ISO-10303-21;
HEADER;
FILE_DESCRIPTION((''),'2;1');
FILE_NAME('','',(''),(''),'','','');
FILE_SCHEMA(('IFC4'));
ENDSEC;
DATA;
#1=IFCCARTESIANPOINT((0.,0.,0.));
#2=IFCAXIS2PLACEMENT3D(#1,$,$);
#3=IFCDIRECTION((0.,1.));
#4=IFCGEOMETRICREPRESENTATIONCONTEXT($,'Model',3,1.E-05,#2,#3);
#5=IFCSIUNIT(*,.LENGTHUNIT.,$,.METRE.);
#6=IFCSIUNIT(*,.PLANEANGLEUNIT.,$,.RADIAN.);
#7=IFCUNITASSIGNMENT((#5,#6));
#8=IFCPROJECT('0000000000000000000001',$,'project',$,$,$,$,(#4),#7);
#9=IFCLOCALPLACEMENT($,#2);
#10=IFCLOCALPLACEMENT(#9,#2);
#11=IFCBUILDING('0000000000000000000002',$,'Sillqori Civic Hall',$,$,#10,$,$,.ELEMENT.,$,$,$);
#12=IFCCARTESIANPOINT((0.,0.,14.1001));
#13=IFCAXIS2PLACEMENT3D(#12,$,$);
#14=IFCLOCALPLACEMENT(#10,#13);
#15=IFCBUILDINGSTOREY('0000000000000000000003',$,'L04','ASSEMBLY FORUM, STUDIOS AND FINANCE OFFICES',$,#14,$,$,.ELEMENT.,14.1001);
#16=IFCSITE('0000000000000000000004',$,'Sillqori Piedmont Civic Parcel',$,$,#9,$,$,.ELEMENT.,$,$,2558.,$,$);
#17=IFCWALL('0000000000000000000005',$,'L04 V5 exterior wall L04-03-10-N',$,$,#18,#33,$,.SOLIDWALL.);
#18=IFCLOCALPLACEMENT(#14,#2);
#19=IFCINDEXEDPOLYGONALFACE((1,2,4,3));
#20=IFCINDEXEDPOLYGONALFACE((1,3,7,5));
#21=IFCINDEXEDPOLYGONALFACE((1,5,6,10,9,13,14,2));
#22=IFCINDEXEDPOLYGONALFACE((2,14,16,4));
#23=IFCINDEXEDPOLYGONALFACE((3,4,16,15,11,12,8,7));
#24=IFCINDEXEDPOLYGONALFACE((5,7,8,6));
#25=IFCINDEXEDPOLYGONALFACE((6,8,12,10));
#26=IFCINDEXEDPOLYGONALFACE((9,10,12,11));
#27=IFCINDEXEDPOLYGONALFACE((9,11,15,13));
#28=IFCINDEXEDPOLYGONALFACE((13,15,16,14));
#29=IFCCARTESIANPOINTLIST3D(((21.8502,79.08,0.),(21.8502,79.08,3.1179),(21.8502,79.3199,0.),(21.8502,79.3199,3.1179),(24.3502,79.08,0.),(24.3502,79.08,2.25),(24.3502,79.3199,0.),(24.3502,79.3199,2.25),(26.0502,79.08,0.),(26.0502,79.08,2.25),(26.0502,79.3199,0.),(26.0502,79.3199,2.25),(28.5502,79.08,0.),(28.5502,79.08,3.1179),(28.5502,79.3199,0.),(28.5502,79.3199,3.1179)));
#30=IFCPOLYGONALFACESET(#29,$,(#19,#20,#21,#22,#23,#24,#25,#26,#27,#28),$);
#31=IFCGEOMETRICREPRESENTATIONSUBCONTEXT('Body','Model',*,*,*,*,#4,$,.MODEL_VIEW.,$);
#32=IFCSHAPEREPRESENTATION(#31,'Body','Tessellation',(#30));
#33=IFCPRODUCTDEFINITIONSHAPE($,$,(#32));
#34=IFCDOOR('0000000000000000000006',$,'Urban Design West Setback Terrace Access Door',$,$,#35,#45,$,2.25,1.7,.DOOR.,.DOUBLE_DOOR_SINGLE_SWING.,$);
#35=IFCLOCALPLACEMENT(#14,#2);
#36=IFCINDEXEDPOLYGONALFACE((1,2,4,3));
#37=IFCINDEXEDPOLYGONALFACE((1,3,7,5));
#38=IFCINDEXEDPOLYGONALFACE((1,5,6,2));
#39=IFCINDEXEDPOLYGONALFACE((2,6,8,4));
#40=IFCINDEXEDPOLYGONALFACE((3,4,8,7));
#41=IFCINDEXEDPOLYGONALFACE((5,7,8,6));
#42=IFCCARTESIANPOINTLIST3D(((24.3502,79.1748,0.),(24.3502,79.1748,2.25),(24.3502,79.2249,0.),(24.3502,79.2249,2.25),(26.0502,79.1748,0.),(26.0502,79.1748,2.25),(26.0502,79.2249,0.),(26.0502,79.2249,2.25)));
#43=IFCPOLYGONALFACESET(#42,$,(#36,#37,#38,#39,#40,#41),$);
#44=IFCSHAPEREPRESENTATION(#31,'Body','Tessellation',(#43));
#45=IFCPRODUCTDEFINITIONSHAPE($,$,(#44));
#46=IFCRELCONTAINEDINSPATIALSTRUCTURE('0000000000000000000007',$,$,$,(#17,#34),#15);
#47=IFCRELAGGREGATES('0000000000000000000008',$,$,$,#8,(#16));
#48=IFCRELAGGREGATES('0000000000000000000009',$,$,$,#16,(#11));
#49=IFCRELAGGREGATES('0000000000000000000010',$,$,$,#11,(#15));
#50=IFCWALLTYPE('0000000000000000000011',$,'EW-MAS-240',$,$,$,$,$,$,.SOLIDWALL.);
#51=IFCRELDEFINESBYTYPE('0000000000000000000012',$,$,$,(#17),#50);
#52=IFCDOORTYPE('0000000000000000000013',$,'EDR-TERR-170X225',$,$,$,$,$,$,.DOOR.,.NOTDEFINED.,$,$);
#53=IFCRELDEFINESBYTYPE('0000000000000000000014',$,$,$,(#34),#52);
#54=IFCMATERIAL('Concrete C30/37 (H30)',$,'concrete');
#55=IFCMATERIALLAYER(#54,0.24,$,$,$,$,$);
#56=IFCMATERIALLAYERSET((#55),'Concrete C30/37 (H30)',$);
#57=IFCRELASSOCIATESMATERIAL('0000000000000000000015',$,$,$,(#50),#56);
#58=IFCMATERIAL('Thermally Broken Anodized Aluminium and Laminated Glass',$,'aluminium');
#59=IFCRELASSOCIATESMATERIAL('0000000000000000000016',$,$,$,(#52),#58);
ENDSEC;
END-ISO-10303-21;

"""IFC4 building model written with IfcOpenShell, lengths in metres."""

from ifc_helpers import new_model, si_unit, direction, frame, frame_2d, origin, place, context, subcontext, project, spatial, rectangle, extrude, material, layer, layer_set, type_object, element, fill, save


model = new_model("IFC4")

# Units and contexts
model_context = context("Model", 3, precision=1e-05, world=origin(), true_north=direction((0.0, 1.0)))
body_context = subcontext(model_context, "Body", "Model", "MODEL_VIEW")
ifc_project = project(units=[si_unit("LENGTHUNIT", "METRE"), si_unit("PLANEANGLEUNIT", "RADIAN")], contexts=[model_context])

# Site, building, storey
site_placement = place(None, origin())
site = spatial("IfcSite", under=ifc_project, at=site_placement, Name="Sillqori Piedmont Civic Parcel", CompositionType="ELEMENT", RefElevation=2558.0)
building_placement = place(site_placement, origin())
building = spatial("IfcBuilding", under=site, at=building_placement, Name="Sillqori Civic Hall", CompositionType="ELEMENT")
storey_placement = place(building_placement, frame((0.0, 0.0, 14.1001)))
storey = spatial("IfcBuildingStorey", under=building, at=storey_placement, Name="L04", Description="ASSEMBLY FORUM, STUDIOS AND FINANCE OFFICES", CompositionType="ELEMENT", Elevation=14.1001)

# Wall, opening, door
ifc_material_1 = material(Name="Concrete C30/37 (H30)", Category="concrete")
ifc_layer_1 = layer(ifc_material_1, 0.24)
ifc_layer_set_1 = layer_set([ifc_layer_1], Name="Concrete C30/37 (H30)")
wall_type = type_object("IfcWallType", Name="EW-MAS-240", PredefinedType="SOLIDWALL", material=ifc_layer_set_1)
wall_placement = place(storey_placement, frame((21.8501, 79.2, 0.0), z_axis=(0.0, 0.0, 1.0), x_axis=(1.0, 0.0, 0.0)))
wall = element("IfcWall", 1, at=wall_placement, inside=storey, type_object=wall_type, Name="L04 V5 exterior wall L04-03-10-N", PredefinedType="SOLIDWALL", context=body_context, shape_type="SweptSolid", body=[
    extrude(rectangle(XDim=6.7, YDim=0.24, at=frame_2d((3.3501, 0.0))), origin(), (0.0, 0.0, 1.0), 3.1179),
])
opening_placement = place(wall_placement, frame((2.5, 0.0, 0.0)))
opening = element("IfcOpeningElement", 2, at=opening_placement, cuts=wall, PredefinedType="OPENING", context=body_context, shape_type="SweptSolid", body=[
    extrude(rectangle(XDim=1.7, YDim=2.25, at=frame_2d((0.8501, 1.125))), frame((0.0, 0.1299, 0.0), z_axis=(0.0, -1.0, 0.0), x_axis=(1.0, 0.0, 0.0)), (0.0, 0.0, 1.0), 0.26),
])
ifc_material_2 = material(Name="Thermally Broken Anodized Aluminium and Laminated Glass", Category="aluminium")
door_type = type_object("IfcDoorType", Name="EDR-TERR-170X225", OperationType="NOTDEFINED", PredefinedType="DOOR", material=ifc_material_2)
door_placement = place(opening_placement, origin())
door = element("IfcDoor", 3, at=door_placement, inside=storey, type_object=door_type, Name="Urban Design West Setback Terrace Access Door", OperationType="DOUBLE_DOOR_SINGLE_SWING", OverallHeight=2.25, OverallWidth=1.7, PredefinedType="DOOR", context=body_context, shape_type="SweptSolid", body=[
    extrude(rectangle(XDim=1.7, YDim=2.25, at=frame_2d((0.8501, 1.125))), frame((0.0, 0.0249, 0.0), z_axis=(0.0, -1.0, 0.0), x_axis=(1.0, 0.0, 0.0)), (0.0, 0.0, 1.0), 0.05),
])
fill(opening, door)

save(model, "model.ifc")
